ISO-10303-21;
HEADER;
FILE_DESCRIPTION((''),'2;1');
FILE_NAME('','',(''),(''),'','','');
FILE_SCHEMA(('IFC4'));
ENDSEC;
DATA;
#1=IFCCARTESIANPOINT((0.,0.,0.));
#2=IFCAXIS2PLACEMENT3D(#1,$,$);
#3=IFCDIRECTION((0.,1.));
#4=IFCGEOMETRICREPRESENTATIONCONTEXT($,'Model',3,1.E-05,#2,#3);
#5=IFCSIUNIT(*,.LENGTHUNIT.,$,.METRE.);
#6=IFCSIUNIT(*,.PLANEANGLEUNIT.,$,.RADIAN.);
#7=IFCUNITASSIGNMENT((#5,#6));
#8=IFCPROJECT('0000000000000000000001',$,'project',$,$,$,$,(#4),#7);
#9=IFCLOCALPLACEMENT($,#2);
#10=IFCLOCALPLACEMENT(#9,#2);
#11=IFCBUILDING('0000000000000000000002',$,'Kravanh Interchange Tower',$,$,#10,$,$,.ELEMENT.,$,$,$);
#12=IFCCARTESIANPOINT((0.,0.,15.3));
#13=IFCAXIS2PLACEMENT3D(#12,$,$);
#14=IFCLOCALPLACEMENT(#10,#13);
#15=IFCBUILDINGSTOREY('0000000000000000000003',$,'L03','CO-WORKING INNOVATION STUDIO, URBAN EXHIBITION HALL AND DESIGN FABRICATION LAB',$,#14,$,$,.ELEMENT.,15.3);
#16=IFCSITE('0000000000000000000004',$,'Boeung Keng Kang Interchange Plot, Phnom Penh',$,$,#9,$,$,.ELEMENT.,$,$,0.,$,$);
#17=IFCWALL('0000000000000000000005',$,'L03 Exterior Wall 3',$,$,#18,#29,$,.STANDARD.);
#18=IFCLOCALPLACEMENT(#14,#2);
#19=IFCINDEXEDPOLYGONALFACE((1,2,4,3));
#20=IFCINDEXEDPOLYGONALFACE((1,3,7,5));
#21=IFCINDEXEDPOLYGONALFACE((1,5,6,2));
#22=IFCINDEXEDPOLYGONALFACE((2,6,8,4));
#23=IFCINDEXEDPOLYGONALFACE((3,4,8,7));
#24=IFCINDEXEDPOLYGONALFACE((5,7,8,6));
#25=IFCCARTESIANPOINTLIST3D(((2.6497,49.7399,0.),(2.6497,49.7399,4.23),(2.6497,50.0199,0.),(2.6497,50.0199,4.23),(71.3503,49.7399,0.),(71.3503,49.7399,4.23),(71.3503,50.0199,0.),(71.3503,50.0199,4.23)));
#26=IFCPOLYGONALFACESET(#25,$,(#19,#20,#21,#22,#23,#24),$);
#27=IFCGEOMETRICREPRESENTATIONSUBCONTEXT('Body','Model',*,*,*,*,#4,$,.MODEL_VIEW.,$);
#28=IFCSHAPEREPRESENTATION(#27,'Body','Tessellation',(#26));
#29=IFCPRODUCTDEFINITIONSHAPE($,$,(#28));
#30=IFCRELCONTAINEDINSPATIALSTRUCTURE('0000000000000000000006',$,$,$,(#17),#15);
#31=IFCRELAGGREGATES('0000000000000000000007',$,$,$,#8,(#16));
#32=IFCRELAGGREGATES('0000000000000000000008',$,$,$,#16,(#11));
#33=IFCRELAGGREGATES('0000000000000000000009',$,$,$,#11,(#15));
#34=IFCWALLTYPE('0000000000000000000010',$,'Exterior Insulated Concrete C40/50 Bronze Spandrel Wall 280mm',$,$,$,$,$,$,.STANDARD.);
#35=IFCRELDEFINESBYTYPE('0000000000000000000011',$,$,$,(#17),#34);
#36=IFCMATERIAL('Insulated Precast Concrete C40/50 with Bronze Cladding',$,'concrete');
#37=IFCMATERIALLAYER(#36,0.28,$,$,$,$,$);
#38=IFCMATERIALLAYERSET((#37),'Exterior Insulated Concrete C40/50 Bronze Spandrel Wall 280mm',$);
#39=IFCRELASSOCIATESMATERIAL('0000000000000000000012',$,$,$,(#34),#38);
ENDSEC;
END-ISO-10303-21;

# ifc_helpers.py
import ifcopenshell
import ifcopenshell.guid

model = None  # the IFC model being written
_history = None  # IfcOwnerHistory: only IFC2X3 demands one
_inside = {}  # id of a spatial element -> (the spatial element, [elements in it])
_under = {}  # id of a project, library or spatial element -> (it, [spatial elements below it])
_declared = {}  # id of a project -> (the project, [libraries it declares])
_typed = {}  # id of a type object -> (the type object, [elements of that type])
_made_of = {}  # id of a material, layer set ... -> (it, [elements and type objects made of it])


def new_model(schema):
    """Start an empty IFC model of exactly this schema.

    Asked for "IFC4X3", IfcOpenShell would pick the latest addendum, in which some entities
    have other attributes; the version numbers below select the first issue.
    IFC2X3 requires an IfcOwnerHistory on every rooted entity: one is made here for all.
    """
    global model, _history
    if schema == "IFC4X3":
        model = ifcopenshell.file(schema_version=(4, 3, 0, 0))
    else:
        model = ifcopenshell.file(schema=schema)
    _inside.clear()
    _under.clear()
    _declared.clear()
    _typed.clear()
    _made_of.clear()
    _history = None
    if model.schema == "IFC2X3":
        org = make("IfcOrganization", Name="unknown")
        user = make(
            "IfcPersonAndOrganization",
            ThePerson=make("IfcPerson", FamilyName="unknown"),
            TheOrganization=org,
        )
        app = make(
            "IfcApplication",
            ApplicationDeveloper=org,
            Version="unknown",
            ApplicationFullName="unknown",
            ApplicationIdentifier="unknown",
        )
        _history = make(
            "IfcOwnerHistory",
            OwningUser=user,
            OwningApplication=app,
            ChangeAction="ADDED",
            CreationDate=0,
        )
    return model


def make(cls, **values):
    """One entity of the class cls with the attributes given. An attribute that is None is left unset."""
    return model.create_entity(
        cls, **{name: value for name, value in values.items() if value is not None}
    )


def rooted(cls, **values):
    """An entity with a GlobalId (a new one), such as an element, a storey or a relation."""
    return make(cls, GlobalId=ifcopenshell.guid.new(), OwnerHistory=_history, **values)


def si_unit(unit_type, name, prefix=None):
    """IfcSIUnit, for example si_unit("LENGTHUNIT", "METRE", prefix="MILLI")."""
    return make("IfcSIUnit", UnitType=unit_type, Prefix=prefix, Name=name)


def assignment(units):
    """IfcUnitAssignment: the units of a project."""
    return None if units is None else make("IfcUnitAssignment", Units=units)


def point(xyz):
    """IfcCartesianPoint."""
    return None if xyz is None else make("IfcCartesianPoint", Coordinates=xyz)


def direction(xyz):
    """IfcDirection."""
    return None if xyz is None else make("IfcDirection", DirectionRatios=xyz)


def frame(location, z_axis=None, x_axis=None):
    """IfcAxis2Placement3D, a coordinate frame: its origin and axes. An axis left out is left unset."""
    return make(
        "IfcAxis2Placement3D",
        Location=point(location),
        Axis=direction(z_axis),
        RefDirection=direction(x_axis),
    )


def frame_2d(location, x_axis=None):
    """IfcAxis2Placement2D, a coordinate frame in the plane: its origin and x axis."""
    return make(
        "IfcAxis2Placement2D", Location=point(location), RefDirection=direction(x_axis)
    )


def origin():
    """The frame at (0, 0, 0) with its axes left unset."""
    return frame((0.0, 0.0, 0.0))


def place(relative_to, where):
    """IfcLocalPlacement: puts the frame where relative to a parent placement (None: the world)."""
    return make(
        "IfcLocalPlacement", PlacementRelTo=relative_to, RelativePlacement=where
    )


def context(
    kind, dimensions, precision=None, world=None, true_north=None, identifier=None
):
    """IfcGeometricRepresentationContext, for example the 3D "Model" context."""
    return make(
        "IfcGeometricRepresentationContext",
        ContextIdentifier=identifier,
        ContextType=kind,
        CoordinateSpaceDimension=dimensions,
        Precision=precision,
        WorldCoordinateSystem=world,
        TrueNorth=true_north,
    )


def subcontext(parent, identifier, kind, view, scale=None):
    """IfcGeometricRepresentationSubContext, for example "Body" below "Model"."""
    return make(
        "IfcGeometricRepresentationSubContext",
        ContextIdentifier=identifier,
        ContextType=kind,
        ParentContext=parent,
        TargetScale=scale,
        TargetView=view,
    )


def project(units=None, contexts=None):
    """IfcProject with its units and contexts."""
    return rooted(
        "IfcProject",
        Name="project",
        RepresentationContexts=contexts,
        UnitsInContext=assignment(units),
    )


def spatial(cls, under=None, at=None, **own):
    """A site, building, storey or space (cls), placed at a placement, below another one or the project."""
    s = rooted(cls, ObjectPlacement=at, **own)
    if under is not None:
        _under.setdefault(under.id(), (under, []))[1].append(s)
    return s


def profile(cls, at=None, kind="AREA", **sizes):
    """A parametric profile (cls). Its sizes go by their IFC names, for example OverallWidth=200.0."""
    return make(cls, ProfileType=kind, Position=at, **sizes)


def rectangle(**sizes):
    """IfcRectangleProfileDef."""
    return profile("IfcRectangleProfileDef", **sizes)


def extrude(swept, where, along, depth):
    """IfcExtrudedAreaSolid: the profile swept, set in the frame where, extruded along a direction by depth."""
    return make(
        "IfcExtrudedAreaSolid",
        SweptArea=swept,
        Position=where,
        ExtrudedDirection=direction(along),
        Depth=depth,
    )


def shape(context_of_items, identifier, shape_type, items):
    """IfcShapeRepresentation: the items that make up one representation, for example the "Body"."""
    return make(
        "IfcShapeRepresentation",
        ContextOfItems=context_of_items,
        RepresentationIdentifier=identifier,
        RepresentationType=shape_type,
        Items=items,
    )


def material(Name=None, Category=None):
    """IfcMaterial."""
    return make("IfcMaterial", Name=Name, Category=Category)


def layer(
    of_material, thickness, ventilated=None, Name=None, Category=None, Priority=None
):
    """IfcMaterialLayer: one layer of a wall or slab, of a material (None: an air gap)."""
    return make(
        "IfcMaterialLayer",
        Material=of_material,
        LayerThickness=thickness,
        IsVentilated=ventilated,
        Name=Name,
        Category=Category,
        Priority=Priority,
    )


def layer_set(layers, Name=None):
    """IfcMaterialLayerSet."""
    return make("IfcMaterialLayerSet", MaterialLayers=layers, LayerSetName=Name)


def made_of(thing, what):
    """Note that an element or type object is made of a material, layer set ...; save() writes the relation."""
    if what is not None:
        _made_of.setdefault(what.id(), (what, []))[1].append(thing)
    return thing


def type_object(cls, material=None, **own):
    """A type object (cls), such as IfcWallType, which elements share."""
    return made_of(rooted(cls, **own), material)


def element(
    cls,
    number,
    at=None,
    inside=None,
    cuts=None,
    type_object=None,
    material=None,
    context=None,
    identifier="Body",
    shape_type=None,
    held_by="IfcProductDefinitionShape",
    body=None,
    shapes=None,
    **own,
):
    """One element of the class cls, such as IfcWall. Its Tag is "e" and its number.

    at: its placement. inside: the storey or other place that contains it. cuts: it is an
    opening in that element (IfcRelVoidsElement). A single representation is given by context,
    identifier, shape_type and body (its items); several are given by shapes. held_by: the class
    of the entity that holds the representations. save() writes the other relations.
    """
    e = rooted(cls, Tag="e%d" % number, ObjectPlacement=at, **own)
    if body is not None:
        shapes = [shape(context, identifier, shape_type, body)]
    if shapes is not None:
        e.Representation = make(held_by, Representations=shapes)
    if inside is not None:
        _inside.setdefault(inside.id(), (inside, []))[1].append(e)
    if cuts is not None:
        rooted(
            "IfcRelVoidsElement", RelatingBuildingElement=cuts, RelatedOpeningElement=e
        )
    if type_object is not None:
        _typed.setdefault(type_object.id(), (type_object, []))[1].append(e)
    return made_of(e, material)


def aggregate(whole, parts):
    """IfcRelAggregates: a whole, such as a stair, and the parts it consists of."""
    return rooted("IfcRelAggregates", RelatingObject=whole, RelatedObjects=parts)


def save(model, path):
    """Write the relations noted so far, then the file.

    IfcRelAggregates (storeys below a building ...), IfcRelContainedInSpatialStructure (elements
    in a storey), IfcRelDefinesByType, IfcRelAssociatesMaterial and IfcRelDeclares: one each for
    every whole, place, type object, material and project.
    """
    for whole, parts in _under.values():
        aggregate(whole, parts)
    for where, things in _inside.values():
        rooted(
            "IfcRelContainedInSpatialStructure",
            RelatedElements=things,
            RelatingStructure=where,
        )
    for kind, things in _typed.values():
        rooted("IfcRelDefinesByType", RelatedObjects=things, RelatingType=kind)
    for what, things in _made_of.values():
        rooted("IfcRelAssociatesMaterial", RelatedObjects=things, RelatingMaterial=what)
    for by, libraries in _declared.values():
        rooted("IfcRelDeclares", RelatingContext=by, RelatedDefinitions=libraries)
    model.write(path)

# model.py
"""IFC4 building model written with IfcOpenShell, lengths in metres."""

from ifc_helpers import new_model, si_unit, direction, frame, frame_2d, origin, place, context, subcontext, project, spatial, rectangle, extrude, material, layer, layer_set, type_object, element, save


model = new_model("IFC4")

# Units and contexts
model_context = context("Model", 3, precision=1e-05, world=origin(), true_north=direction((0.0, 1.0)))
body_context = subcontext(model_context, "Body", "Model", "MODEL_VIEW")
ifc_project = project(units=[si_unit("LENGTHUNIT", "METRE"), si_unit("PLANEANGLEUNIT", "RADIAN")], contexts=[model_context])

# Site, building, storey
site_placement = place(None, origin())
site = spatial("IfcSite", under=ifc_project, at=site_placement, Name="Boeung Keng Kang Interchange Plot, Phnom Penh", CompositionType="ELEMENT", RefElevation=0.0)
building_placement = place(site_placement, origin())
building = spatial("IfcBuilding", under=site, at=building_placement, Name="Kravanh Interchange Tower", CompositionType="ELEMENT")
storey_placement = place(building_placement, frame((0.0, 0.0, 15.3)))
storey = spatial("IfcBuildingStorey", under=building, at=storey_placement, Name="L03", Description="CO-WORKING INNOVATION STUDIO, URBAN EXHIBITION HALL AND DESIGN FABRICATION LAB", CompositionType="ELEMENT", Elevation=15.3)

# Wall
ifc_material_1 = material(Name="Insulated Precast Concrete C40/50 with Bronze Cladding", Category="concrete")
ifc_layer_1 = layer(ifc_material_1, 0.28)
ifc_layer_set_1 = layer_set([ifc_layer_1], Name="Exterior Insulated Concrete C40/50 Bronze Spandrel Wall 280mm")
wall_type_1 = type_object("IfcWallType", Name="Exterior Insulated Concrete C40/50 Bronze Spandrel Wall 280mm", PredefinedType="STANDARD", material=ifc_layer_set_1)
wall_1_placement = place(storey_placement, frame((2.6497, 49.8799, 0.0), z_axis=(0.0, 0.0, 1.0), x_axis=(1.0, 0.0, 0.0)))
element("IfcWall", 1, at=wall_1_placement, inside=storey, type_object=wall_type_1, Name="L03 Exterior Wall 3", PredefinedType="STANDARD", context=body_context, shape_type="SweptSolid", body=[
    extrude(rectangle(XDim=68.7007, YDim=0.28, at=frame_2d((34.3503, 0.0))), origin(), (0.0, 0.0, 1.0), 4.23),
])

save(model, "model.ifc")
